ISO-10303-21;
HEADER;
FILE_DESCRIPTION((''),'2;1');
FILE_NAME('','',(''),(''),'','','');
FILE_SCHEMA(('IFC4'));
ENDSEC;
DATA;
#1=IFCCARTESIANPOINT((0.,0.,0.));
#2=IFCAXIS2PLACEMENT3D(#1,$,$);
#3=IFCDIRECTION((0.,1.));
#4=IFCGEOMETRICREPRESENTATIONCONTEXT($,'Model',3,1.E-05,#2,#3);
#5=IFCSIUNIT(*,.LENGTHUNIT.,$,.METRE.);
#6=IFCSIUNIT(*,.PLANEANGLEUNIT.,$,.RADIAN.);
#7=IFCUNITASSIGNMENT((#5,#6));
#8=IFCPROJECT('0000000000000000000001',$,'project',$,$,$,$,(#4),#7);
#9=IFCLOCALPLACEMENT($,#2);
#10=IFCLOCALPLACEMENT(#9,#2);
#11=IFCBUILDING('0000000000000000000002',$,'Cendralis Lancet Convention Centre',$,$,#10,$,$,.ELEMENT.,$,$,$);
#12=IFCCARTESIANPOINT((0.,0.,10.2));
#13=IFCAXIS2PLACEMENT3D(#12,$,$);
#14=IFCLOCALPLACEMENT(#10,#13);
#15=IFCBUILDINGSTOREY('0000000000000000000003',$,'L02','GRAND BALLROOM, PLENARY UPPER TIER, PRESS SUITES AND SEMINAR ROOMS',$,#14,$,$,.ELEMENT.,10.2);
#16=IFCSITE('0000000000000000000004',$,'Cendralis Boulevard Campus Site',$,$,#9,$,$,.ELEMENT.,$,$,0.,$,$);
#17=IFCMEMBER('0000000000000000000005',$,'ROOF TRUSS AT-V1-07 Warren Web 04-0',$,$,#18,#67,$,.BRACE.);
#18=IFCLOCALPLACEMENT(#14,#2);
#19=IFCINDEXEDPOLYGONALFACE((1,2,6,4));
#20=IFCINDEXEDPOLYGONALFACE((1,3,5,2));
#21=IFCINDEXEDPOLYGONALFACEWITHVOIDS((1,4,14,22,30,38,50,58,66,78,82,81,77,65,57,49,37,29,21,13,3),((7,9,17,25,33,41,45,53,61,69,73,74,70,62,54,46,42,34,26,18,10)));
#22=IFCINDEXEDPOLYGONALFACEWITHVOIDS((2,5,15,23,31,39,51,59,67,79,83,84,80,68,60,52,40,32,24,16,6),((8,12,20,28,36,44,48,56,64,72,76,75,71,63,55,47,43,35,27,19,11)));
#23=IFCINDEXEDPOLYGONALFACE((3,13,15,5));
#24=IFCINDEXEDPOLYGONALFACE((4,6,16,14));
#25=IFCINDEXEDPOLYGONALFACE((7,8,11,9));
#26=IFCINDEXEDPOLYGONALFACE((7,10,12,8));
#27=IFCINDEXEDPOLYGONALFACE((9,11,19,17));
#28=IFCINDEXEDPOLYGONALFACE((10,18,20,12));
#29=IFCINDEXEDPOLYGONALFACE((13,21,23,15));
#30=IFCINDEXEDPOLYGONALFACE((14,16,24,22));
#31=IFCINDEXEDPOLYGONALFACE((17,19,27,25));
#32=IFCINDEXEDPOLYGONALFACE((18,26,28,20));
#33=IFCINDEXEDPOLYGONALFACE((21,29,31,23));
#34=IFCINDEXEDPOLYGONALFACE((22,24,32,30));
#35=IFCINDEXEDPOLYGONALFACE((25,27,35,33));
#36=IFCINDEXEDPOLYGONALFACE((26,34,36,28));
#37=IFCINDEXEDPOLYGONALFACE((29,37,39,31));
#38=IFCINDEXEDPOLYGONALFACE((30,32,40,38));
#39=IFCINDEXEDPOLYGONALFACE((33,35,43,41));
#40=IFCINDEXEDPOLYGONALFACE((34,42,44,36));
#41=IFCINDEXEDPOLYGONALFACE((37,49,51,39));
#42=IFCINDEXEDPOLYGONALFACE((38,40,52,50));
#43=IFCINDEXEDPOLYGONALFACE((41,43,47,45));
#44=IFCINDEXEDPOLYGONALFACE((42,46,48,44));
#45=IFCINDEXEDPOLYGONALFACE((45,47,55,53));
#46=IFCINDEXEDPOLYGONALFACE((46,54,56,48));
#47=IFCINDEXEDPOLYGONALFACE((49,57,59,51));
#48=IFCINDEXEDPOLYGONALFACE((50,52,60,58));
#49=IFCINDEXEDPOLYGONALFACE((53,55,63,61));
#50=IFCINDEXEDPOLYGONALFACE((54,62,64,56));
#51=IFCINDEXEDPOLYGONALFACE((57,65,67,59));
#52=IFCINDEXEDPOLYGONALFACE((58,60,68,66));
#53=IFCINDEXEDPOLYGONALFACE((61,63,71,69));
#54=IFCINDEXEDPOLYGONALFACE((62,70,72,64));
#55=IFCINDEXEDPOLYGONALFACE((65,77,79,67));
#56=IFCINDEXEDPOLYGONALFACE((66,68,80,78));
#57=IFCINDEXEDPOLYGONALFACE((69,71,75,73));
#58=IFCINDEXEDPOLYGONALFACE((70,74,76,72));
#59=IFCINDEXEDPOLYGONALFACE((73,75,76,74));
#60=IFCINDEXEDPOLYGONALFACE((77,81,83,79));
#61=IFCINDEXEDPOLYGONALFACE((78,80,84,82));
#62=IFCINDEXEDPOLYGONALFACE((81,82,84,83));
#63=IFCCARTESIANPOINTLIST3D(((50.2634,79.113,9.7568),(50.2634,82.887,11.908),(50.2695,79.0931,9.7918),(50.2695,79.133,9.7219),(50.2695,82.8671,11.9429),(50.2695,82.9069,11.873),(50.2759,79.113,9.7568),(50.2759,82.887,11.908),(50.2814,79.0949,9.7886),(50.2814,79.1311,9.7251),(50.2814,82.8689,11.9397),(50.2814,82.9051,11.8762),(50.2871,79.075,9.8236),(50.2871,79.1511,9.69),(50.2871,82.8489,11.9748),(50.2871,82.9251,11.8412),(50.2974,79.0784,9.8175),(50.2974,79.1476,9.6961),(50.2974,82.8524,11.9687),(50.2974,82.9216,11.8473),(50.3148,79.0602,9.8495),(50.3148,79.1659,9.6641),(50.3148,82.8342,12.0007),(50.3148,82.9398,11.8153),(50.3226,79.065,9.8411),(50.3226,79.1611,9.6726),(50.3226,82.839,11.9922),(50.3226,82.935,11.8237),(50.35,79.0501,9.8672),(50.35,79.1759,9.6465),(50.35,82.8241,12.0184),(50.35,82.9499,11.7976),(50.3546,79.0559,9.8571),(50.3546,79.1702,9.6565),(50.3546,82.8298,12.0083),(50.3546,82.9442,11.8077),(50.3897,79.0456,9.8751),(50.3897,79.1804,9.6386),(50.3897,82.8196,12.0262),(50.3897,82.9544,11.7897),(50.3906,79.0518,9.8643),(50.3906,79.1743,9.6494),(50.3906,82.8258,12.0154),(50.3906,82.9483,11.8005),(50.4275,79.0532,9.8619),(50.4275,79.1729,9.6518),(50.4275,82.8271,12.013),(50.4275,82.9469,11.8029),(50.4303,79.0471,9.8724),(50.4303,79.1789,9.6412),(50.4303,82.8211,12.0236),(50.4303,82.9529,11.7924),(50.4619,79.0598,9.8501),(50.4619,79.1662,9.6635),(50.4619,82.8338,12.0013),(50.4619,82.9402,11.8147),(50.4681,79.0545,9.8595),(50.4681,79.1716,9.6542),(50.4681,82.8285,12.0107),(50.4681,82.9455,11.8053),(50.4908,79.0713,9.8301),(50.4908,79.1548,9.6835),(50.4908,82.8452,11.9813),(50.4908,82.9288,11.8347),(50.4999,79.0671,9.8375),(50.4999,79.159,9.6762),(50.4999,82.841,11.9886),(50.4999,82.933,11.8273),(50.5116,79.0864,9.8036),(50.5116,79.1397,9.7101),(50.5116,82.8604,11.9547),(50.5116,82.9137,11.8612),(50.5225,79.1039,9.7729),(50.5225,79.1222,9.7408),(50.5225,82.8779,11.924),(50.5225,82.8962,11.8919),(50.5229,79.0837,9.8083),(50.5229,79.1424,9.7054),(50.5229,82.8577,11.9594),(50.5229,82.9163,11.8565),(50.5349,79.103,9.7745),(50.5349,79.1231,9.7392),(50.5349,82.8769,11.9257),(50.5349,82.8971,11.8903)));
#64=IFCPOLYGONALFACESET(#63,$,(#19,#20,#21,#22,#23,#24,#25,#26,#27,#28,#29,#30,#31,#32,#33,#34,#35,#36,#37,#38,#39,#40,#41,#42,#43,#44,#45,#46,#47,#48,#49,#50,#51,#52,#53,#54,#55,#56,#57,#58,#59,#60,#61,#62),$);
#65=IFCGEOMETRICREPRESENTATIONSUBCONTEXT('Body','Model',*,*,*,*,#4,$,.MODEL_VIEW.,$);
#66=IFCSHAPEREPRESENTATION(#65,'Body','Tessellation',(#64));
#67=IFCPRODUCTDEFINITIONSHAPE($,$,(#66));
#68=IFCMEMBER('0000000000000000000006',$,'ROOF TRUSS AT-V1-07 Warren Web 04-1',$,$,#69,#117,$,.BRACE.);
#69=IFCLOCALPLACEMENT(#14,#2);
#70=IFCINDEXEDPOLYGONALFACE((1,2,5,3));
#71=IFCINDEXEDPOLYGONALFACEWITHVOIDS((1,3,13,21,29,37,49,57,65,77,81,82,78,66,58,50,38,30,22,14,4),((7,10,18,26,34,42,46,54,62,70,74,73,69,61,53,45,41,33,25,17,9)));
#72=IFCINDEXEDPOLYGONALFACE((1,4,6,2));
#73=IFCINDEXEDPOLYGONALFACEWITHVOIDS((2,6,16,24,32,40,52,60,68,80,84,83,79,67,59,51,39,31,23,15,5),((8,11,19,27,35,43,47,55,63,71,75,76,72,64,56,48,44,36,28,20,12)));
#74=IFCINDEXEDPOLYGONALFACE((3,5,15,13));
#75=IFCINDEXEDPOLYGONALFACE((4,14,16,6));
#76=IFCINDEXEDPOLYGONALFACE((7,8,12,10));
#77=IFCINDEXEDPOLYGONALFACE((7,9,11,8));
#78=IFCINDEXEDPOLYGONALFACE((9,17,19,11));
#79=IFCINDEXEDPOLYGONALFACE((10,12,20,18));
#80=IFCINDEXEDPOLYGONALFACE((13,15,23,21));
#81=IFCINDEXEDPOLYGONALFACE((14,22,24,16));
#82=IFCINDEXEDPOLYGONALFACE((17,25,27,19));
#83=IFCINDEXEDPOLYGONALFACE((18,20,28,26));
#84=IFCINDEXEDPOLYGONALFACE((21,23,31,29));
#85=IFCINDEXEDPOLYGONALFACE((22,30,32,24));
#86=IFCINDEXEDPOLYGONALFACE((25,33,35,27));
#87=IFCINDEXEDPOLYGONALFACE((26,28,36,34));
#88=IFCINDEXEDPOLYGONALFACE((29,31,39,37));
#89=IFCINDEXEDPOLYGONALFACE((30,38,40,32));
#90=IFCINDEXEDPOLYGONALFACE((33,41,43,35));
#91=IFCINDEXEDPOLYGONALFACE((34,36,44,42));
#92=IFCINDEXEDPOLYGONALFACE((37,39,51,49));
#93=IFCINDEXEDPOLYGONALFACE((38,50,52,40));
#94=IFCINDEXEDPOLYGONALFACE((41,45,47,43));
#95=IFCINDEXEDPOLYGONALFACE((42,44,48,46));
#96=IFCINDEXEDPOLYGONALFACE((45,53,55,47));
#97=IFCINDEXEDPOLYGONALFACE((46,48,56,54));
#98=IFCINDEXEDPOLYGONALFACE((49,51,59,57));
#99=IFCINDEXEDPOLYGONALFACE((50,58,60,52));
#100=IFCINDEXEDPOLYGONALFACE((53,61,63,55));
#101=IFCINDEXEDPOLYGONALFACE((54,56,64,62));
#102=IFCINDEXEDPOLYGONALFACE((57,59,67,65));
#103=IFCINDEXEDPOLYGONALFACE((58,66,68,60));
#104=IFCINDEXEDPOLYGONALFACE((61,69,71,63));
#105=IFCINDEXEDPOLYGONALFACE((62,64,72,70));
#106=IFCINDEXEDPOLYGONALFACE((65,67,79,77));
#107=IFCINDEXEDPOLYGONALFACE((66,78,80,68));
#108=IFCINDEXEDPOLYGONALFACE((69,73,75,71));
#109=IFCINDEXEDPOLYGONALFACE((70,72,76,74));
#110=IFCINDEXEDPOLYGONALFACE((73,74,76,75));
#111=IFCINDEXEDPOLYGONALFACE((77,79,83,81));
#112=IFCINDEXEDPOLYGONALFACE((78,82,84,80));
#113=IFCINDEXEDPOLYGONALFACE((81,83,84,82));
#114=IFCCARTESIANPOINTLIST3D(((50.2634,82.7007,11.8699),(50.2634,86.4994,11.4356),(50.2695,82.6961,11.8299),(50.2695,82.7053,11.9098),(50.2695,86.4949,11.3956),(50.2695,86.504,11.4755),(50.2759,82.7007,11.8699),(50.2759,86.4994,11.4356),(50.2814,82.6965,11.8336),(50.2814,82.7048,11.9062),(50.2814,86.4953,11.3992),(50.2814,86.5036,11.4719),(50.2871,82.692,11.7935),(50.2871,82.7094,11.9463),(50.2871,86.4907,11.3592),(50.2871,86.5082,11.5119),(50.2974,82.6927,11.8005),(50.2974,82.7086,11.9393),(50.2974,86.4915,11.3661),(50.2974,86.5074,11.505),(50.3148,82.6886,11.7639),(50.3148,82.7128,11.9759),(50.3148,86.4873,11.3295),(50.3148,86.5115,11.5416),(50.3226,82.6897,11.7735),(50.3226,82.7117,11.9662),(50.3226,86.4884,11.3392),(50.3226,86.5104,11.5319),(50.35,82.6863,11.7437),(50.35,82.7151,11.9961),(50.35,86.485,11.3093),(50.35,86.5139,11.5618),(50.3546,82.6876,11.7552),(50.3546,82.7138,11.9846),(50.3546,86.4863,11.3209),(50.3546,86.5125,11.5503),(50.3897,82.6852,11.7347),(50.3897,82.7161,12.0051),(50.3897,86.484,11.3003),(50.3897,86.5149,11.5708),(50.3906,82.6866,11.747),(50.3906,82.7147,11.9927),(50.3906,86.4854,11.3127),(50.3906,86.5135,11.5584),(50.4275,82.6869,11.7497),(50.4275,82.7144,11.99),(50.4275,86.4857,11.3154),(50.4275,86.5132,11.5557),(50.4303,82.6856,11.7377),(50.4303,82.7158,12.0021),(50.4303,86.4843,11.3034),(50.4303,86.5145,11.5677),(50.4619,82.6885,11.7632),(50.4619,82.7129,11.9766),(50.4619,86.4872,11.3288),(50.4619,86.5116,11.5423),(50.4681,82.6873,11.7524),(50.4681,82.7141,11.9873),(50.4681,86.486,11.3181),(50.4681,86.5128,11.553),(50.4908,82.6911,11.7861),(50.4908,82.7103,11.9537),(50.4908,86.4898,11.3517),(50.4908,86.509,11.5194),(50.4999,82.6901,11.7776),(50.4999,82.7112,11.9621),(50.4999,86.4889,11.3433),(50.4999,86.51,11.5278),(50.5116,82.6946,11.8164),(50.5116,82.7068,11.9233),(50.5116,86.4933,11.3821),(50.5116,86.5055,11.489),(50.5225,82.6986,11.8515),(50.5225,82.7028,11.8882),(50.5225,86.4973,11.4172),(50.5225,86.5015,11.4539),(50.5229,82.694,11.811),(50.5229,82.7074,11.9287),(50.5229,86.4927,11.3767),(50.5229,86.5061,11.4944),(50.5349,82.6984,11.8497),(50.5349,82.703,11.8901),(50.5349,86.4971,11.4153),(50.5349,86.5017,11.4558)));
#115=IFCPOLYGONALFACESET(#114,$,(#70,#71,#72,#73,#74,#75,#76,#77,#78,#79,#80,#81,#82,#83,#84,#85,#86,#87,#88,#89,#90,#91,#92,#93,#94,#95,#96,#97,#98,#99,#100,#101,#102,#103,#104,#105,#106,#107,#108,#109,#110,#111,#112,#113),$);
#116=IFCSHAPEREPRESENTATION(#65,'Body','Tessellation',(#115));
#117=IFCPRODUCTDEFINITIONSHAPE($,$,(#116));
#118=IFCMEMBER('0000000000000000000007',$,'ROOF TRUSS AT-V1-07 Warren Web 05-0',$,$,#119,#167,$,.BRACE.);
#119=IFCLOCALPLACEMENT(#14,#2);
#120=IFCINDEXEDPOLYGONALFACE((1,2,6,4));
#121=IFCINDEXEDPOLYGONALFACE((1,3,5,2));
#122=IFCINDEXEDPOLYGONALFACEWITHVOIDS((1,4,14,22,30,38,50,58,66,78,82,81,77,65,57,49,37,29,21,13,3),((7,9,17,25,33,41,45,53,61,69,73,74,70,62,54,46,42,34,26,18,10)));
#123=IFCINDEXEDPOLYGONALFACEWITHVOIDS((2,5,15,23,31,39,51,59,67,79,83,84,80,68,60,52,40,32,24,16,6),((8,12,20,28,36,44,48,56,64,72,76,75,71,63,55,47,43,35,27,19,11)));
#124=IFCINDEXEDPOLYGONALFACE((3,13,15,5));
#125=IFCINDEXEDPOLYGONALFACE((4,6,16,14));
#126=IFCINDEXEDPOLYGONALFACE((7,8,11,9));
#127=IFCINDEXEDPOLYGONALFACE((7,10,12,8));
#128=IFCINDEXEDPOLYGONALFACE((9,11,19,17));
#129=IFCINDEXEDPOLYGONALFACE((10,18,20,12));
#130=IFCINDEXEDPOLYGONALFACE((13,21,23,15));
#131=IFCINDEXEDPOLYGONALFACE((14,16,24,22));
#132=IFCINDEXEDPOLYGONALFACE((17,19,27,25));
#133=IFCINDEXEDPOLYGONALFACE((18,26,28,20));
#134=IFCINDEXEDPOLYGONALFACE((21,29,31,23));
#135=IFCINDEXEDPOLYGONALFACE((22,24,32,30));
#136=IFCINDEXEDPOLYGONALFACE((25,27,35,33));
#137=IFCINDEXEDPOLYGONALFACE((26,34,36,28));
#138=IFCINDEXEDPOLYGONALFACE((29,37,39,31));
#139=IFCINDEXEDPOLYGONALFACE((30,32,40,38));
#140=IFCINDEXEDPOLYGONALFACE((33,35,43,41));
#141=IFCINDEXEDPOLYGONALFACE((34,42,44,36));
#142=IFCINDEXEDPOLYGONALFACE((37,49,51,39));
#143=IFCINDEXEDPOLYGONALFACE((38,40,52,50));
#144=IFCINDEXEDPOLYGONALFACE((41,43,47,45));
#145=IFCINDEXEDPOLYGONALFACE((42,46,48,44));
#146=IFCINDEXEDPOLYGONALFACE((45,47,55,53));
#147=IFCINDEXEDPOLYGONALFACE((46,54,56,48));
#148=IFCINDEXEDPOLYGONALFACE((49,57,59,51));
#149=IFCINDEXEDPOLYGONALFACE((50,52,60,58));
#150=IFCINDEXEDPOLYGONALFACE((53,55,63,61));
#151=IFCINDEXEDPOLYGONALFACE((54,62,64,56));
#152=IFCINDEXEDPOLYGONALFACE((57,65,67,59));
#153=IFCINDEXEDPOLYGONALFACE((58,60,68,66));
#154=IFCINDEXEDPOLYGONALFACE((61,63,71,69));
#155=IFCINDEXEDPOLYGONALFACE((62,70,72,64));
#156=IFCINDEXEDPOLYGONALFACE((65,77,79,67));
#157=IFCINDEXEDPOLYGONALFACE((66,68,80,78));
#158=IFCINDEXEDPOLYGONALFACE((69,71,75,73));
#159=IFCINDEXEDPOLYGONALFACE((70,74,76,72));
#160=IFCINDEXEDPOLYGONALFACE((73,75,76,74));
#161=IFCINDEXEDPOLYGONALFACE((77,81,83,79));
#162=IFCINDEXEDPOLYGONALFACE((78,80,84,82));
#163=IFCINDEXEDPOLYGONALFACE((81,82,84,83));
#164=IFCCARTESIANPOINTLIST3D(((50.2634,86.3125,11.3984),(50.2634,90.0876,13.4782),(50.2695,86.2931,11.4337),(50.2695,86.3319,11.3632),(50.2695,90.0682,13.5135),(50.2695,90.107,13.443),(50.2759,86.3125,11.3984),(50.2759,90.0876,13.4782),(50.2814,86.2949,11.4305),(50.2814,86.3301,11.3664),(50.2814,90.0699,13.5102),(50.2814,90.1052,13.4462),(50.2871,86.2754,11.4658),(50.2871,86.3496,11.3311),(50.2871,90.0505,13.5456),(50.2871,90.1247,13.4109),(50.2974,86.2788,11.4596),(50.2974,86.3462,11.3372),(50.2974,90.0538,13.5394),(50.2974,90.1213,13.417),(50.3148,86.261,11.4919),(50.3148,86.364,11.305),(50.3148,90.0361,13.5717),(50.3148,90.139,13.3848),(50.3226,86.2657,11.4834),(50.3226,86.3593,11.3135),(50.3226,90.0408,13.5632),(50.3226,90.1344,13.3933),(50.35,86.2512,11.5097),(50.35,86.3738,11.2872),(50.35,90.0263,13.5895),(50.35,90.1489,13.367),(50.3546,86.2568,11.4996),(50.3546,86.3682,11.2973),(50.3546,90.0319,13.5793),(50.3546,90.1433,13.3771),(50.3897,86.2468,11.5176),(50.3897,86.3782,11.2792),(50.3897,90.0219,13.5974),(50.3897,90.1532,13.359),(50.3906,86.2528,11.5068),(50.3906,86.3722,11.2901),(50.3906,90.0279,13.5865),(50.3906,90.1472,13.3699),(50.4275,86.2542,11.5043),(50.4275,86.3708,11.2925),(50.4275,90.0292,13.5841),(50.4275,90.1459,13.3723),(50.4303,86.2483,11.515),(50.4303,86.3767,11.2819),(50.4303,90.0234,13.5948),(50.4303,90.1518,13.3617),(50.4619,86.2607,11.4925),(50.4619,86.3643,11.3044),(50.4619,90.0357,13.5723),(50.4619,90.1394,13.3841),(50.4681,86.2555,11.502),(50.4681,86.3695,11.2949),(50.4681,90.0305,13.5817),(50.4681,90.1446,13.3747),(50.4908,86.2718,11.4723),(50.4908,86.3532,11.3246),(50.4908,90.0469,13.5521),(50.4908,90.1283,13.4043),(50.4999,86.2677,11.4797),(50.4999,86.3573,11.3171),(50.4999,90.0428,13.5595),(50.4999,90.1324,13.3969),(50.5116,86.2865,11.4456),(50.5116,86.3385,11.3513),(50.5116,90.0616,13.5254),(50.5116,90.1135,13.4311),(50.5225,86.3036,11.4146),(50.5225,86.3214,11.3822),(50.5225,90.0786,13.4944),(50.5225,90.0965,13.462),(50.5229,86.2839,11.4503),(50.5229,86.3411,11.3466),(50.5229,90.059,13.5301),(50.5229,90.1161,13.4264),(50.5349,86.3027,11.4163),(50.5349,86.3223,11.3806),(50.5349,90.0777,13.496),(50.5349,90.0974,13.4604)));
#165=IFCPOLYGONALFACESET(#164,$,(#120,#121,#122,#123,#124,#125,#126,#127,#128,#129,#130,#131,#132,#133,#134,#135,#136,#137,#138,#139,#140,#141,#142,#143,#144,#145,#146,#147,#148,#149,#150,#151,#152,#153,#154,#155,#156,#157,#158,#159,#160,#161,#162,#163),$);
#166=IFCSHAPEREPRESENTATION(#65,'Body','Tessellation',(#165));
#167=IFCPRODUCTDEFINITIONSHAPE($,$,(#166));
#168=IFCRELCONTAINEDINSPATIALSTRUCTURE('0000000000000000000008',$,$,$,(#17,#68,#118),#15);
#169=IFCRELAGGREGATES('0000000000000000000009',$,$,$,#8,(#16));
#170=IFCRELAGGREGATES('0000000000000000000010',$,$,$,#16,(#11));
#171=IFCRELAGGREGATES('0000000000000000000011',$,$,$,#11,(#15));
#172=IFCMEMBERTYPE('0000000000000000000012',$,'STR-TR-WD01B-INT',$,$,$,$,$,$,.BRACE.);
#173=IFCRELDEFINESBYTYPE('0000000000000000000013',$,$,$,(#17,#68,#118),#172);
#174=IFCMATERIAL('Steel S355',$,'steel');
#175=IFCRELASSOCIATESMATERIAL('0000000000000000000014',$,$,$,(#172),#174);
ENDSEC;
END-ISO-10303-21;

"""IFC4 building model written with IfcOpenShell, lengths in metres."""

from ifc_helpers import new_model, si_unit, direction, frame, origin, origin_2d, place, context, subcontext, project, spatial, hollow_circle, extrude, material, material_profile, profile_set, type_object, element, save


model = new_model("IFC4")

# Units and contexts
model_context = context("Model", 3, precision=1e-05, world=origin(), true_north=direction((0.0, 1.0)))
body_context = subcontext(model_context, "Body", "Model", "MODEL_VIEW")
ifc_project = project(units=[si_unit("LENGTHUNIT", "METRE"), si_unit("PLANEANGLEUNIT", "RADIAN")], contexts=[model_context])

# Site, building, storey
site_placement = place(None, origin())
site = spatial("IfcSite", under=ifc_project, at=site_placement, Name="Cendralis Boulevard Campus Site", CompositionType="ELEMENT", RefElevation=0.0)
building_placement = place(site_placement, origin())
building = spatial("IfcBuilding", under=site, at=building_placement, Name="Cendralis Lancet Convention Centre", CompositionType="ELEMENT")
storey_placement = place(building_placement, frame((0.0, 0.0, 10.2)))
storey = spatial("IfcBuildingStorey", under=building, at=storey_placement, Name="L02", Description="GRAND BALLROOM, PLENARY UPPER TIER, PRESS SUITES AND SEMINAR ROOMS", CompositionType="ELEMENT", Elevation=10.2)

# Members
ifc_material = material(Name="Steel S355", Category="steel")
ifc_material_profile_1 = material_profile(ifc_material, hollow_circle(Radius=0.1365, WallThickness=0.0125, at=origin_2d()), Name="CHS 273.0x12.5")
ifc_profile_set_1 = profile_set([ifc_material_profile_1], Name="Steel S355")
member_type_1 = type_object("IfcMemberType", Name="STR-TR-WD01B-INT", PredefinedType="BRACE", material=ifc_profile_set_1)
member_1_placement = place(storey_placement, frame((50.3999, 79.113, 9.7568), z_axis=(0.0, 0.868779, 0.4952), x_axis=(-1.0, 0.0, 0.0)))
element("IfcMember", 1, at=member_1_placement, inside=storey, type_object=member_type_1, Name="ROOF TRUSS AT-V1-07 Warren Web 04-0", PredefinedType="BRACE", context=body_context, shape_type="SweptSolid", body=[
    extrude(hollow_circle(Radius=0.1365, WallThickness=0.0125, at=origin_2d()), origin(), (0.0, 0.0, 1.0), 4.344),
])
member_2_placement = place(storey_placement, frame((50.3999, 82.7007, 11.8699), z_axis=(0.0, 0.993528, -0.113592), x_axis=(-1.0, 0.0, 0.0)))
element("IfcMember", 2, at=member_2_placement, inside=storey, type_object=member_type_1, Name="ROOF TRUSS AT-V1-07 Warren Web 04-1", PredefinedType="BRACE", context=body_context, shape_type="SweptSolid", body=[
    extrude(hollow_circle(Radius=0.1365, WallThickness=0.0125, at=origin_2d()), origin(), (0.0, 0.0, 1.0), 3.8235),
])
member_3_placement = place(storey_placement, frame((50.3999, 86.3125, 11.3984), z_axis=(0.0, 0.875872, 0.482543), x_axis=(-1.0, 0.0, 0.0)))
element("IfcMember", 3, at=member_3_placement, inside=storey, type_object=member_type_1, Name="ROOF TRUSS AT-V1-07 Warren Web 05-0", PredefinedType="BRACE", context=body_context, shape_type="SweptSolid", body=[
    extrude(hollow_circle(Radius=0.1365, WallThickness=0.0125, at=origin_2d()), origin(), (0.0, 0.0, 1.0), 4.3101),
])

save(model, "model.ifc")
